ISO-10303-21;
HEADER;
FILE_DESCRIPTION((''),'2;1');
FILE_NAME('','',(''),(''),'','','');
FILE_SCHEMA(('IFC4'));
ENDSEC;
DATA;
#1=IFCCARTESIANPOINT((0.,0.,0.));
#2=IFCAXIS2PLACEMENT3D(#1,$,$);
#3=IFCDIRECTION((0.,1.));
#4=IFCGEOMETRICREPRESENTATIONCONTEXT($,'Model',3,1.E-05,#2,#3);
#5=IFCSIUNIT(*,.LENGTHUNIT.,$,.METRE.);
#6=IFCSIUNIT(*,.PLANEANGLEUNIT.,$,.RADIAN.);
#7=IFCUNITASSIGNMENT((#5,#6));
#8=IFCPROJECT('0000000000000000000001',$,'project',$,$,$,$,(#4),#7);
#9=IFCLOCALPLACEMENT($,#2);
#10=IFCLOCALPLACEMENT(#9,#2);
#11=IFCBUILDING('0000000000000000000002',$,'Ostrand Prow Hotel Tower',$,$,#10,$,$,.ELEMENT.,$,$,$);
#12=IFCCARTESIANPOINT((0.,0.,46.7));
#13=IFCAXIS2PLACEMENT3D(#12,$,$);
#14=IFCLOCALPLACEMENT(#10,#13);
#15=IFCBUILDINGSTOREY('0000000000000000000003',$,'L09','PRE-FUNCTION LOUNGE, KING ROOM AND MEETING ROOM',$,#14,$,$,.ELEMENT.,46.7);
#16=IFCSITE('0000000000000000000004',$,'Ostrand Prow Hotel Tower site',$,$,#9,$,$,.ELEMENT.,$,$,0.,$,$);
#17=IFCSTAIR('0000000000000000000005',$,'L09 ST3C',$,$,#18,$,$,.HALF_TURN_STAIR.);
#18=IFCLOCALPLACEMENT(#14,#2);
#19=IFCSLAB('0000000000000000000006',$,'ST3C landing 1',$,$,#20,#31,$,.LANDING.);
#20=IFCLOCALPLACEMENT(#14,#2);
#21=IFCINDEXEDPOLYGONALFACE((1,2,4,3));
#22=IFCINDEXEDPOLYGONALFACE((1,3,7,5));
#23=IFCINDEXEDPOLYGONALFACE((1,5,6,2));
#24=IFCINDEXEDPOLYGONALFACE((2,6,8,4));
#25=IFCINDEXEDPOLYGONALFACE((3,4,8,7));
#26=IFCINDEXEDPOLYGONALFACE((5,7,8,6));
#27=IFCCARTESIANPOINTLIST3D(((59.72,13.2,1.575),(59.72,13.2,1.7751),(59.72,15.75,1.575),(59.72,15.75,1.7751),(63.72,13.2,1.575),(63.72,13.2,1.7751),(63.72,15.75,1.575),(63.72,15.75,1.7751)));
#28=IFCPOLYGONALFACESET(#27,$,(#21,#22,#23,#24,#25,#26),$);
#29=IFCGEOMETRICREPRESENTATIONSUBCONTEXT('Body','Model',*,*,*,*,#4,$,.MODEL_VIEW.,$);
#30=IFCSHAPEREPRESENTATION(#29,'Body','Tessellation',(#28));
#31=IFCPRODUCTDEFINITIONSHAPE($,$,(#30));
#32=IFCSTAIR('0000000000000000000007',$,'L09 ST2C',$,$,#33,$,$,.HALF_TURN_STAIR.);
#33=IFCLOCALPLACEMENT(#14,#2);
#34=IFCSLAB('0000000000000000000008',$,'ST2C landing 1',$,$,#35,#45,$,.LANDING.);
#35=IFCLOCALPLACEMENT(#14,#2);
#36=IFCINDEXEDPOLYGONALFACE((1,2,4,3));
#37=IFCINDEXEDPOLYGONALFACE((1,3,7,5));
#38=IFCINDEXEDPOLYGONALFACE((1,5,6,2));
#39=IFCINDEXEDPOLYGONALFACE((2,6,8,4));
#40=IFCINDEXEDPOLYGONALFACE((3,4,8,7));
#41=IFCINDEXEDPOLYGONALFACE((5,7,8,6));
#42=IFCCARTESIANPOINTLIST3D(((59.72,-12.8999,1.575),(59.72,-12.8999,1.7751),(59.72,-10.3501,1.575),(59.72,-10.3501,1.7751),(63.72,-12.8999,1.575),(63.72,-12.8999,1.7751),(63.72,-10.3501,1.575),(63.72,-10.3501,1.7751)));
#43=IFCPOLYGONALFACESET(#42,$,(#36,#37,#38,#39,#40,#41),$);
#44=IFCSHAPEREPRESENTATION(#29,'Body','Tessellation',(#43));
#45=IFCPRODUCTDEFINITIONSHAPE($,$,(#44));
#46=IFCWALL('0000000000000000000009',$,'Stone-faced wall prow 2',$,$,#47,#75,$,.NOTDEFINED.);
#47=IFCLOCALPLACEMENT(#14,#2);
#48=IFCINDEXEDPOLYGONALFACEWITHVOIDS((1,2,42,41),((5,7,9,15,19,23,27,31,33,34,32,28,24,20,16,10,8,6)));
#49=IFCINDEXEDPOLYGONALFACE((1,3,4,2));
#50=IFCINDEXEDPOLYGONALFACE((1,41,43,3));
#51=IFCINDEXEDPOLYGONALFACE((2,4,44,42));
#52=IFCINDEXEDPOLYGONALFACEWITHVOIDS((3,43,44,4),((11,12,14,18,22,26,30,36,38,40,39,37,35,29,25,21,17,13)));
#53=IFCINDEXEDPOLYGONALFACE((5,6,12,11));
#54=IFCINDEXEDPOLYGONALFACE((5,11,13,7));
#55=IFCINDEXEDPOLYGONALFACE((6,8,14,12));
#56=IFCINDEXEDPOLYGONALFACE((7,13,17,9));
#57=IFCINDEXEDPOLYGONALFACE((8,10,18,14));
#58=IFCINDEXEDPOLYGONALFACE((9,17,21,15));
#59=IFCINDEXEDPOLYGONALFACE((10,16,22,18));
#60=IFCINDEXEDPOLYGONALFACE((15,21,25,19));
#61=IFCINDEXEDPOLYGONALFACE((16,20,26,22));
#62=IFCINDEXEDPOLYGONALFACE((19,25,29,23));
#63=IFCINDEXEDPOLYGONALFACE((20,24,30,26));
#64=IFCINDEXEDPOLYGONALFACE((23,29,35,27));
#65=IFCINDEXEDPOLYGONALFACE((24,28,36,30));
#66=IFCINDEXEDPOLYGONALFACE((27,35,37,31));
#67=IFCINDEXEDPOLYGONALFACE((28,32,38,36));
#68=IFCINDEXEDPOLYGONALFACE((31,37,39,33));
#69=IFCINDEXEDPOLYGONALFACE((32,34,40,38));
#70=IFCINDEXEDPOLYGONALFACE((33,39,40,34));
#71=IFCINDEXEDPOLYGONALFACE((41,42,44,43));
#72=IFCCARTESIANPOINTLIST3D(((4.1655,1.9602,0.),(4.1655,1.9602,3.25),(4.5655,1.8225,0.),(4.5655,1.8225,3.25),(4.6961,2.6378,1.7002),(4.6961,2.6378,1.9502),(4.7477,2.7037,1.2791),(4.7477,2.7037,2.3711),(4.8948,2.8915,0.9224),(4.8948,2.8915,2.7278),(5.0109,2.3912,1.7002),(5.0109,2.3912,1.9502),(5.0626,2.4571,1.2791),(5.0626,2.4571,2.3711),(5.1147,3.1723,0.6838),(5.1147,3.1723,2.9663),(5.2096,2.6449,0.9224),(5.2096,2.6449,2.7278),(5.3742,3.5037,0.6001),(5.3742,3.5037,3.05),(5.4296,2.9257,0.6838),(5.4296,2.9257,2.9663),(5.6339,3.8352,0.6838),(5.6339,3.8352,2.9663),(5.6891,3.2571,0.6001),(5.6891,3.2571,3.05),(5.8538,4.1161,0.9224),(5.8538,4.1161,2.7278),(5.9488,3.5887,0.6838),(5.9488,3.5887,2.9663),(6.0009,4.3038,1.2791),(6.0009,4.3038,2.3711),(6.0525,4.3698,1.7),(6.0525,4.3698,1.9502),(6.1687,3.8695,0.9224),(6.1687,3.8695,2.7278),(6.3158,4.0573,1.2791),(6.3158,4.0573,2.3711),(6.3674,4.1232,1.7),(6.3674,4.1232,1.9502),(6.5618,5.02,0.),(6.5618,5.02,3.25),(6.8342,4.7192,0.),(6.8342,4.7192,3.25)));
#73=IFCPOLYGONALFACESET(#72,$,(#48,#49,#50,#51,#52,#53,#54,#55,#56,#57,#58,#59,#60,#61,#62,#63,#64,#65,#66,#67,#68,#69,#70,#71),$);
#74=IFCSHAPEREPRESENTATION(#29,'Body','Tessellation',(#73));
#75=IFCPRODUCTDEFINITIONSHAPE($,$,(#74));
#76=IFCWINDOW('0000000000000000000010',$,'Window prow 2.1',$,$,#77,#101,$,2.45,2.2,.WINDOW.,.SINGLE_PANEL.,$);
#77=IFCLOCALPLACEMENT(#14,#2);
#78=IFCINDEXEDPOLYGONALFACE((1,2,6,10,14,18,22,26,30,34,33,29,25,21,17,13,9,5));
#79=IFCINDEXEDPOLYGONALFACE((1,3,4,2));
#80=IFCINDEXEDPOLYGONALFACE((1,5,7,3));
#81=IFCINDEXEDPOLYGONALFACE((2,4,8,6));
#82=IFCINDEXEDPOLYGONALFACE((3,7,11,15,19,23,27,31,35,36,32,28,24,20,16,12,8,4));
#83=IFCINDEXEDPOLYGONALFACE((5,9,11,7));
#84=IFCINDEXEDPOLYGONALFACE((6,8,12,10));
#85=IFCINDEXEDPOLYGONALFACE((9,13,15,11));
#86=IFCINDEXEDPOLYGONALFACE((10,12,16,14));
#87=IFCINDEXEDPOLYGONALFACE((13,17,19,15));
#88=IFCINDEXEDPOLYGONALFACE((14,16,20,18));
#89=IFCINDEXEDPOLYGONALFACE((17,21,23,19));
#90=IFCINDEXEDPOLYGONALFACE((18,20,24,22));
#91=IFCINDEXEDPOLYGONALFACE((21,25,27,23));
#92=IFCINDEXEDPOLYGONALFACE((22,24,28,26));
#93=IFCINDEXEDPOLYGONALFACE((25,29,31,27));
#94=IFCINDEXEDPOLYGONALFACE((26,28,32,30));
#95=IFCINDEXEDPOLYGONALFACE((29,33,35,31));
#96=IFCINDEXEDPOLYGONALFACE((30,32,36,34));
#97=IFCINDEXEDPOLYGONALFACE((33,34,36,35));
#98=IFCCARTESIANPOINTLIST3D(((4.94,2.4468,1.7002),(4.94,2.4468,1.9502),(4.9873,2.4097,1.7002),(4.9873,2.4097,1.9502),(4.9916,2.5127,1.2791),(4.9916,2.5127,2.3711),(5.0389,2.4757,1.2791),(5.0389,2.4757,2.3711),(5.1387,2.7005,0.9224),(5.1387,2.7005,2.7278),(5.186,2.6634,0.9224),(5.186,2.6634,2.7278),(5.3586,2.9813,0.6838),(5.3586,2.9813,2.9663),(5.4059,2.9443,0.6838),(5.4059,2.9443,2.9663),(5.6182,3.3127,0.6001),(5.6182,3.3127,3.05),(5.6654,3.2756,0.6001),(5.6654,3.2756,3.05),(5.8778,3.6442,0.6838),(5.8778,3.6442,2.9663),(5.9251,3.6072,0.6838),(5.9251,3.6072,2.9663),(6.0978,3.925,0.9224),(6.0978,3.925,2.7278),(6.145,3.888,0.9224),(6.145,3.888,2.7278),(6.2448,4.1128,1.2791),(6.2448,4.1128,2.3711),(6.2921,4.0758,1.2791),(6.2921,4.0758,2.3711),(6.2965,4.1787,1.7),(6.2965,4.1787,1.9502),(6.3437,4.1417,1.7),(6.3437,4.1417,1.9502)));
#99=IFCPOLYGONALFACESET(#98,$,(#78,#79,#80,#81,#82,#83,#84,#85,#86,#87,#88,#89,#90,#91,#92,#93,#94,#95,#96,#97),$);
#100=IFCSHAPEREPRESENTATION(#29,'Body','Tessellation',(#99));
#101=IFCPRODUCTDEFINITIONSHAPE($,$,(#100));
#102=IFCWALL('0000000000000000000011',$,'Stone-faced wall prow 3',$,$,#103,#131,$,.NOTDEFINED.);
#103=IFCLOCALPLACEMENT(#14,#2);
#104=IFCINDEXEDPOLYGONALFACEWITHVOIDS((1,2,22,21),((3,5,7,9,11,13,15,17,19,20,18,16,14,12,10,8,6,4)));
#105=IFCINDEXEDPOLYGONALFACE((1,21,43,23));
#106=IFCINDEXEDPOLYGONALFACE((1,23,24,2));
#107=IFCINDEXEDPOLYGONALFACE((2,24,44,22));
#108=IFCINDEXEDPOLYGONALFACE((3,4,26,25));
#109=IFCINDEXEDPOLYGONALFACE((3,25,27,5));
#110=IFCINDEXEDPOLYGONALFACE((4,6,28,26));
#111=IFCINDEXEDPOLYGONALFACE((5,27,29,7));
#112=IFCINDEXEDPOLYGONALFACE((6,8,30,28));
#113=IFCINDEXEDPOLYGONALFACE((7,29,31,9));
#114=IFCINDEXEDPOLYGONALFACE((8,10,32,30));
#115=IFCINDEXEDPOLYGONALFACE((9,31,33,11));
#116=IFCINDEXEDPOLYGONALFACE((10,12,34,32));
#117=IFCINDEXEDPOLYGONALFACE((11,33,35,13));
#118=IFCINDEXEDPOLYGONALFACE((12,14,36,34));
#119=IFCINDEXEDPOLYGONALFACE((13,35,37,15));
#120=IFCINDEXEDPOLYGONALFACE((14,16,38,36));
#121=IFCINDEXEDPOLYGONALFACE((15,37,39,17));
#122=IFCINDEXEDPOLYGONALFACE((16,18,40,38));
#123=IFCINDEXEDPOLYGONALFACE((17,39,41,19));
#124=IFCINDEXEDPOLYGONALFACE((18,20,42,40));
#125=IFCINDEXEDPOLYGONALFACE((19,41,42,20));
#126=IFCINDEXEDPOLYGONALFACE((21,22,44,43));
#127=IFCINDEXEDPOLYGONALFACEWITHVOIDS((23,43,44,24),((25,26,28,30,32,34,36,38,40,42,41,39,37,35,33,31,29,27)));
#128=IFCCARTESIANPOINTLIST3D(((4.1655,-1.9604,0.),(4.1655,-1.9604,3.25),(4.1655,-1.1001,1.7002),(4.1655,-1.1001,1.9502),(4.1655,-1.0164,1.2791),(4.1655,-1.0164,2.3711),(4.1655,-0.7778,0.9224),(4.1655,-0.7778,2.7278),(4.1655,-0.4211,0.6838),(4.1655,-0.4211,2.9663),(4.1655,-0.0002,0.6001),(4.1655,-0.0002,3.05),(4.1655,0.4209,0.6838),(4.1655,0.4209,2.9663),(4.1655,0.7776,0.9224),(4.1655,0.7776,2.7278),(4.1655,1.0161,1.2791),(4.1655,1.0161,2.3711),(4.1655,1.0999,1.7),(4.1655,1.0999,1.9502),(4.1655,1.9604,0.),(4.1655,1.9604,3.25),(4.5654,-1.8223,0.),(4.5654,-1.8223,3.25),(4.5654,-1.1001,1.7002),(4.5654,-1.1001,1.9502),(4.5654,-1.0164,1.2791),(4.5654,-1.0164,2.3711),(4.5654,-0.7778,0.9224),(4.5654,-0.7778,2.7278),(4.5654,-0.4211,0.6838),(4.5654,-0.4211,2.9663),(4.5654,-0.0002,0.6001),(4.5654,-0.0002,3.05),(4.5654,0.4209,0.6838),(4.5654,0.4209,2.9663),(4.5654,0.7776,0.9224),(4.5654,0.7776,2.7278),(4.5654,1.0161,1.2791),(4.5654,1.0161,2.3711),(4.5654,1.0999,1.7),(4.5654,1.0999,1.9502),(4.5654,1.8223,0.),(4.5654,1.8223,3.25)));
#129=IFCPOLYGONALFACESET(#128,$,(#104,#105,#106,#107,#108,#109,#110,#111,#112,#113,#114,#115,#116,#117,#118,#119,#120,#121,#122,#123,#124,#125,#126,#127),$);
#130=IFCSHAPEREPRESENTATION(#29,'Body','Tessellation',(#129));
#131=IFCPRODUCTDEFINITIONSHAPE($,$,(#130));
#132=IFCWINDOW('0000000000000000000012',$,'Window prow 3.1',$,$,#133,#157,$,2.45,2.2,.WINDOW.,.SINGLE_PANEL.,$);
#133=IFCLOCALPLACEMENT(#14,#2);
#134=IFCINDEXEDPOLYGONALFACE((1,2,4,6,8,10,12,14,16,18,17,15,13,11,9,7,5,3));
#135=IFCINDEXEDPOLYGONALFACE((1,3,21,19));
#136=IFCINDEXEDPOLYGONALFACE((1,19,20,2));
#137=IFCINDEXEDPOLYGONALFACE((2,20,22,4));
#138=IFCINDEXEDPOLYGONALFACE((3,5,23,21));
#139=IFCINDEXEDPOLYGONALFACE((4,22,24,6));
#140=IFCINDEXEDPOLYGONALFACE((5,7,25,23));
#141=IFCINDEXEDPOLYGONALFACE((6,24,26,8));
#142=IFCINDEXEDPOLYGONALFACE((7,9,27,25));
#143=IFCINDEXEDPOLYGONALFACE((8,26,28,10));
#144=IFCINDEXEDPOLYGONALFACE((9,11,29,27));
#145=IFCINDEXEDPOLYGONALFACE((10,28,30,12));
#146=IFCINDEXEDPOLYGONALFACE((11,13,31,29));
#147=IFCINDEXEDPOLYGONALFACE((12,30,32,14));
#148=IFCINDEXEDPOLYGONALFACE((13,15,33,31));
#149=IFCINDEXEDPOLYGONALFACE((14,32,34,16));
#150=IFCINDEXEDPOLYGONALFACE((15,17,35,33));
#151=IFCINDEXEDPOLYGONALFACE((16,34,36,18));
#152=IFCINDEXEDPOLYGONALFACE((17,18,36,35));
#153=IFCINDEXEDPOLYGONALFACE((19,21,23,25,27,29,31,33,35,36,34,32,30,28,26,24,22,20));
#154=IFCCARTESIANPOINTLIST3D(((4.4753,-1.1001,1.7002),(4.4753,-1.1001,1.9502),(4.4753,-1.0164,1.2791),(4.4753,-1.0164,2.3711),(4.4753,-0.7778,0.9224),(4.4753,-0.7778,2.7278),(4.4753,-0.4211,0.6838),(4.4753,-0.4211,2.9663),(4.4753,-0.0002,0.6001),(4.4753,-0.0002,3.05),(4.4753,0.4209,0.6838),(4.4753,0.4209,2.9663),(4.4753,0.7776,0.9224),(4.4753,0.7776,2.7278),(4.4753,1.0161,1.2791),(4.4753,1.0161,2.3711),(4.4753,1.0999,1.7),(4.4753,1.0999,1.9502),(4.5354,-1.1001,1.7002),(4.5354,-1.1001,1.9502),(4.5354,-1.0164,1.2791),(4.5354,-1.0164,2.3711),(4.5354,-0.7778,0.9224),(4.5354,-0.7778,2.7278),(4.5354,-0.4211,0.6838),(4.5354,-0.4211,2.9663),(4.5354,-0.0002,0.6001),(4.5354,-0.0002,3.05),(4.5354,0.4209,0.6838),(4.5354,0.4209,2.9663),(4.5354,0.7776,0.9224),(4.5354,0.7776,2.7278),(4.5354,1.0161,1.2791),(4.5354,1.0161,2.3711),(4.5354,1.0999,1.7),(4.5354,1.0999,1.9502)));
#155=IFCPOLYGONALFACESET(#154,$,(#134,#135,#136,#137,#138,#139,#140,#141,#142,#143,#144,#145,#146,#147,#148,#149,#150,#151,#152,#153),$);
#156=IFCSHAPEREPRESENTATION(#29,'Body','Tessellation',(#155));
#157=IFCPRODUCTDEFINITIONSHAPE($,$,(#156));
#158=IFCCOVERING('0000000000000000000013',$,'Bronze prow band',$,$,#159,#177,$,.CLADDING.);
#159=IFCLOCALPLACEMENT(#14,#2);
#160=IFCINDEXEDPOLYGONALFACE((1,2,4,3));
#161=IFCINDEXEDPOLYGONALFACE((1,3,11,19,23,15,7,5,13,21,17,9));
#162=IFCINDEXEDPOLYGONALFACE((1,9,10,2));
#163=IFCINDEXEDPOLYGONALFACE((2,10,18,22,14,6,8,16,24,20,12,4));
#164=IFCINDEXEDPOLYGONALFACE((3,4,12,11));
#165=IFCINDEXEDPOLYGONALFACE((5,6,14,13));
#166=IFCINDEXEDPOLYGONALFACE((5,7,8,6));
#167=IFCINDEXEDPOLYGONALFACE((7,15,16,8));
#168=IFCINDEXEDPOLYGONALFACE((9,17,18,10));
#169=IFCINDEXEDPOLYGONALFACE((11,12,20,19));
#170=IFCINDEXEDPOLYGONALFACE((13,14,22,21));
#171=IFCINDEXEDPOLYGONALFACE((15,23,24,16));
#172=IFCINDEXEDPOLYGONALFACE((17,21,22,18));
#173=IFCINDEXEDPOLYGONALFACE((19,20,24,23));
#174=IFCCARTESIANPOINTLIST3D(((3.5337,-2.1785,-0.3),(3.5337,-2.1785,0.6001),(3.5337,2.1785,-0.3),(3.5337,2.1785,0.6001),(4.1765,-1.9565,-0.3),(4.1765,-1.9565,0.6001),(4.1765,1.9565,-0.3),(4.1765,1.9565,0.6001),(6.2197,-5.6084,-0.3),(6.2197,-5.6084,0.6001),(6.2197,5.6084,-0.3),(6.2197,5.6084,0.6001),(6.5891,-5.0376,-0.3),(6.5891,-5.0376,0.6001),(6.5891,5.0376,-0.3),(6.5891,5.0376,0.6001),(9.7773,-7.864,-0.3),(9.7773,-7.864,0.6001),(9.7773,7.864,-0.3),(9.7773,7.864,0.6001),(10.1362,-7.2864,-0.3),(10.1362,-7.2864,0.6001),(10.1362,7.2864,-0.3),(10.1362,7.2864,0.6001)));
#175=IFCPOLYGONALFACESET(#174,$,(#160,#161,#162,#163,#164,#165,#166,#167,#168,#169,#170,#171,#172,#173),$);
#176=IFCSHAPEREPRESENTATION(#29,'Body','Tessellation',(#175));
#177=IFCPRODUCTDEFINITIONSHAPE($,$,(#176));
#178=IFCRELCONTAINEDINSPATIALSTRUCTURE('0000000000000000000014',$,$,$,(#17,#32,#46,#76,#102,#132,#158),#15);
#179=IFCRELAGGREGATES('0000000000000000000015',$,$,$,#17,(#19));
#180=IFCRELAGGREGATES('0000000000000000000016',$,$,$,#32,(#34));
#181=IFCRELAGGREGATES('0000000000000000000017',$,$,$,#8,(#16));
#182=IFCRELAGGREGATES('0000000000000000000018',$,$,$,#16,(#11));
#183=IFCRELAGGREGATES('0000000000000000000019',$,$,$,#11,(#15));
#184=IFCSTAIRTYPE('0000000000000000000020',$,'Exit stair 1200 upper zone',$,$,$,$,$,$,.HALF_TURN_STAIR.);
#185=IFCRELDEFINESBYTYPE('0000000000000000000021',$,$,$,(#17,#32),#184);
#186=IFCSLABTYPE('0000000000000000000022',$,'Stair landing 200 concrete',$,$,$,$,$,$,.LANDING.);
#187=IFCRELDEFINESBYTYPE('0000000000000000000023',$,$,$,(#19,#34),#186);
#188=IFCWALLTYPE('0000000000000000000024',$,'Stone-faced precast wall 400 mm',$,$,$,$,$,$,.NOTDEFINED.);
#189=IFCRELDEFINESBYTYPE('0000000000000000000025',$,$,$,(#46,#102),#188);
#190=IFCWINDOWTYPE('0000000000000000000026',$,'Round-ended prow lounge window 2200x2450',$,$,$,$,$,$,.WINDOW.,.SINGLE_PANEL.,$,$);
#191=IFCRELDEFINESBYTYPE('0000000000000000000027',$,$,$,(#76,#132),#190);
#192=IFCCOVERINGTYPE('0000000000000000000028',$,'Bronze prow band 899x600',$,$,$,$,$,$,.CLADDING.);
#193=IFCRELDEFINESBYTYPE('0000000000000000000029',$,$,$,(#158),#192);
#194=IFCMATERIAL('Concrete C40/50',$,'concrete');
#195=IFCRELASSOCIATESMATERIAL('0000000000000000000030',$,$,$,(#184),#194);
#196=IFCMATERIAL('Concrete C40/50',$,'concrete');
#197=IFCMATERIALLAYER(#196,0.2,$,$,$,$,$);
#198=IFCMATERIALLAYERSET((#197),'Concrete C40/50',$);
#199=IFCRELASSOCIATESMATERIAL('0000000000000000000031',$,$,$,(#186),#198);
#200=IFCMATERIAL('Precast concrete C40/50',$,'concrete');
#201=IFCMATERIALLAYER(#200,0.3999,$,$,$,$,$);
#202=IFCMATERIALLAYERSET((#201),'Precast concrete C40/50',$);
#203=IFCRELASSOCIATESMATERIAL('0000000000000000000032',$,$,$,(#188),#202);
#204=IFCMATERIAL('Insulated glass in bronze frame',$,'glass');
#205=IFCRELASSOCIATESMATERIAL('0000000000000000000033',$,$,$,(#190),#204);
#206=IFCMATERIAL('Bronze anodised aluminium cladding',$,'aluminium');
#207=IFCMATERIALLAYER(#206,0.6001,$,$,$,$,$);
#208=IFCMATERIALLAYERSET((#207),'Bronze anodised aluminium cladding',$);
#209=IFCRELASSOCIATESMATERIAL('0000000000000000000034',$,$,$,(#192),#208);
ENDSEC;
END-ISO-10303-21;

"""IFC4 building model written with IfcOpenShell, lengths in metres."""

from ifc_helpers import new_model, si_unit, direction, frame, origin, place, context, subcontext, project, spatial, polyline, outline, extrude, material, layer, layer_set, type_object, element, fill, aggregate, save


model = new_model("IFC4")

# Units and contexts
model_context = context("Model", 3, precision=1e-05, world=origin(), true_north=direction((0.0, 1.0)))
body_context = subcontext(model_context, "Body", "Model", "MODEL_VIEW")
ifc_project = project(units=[si_unit("LENGTHUNIT", "METRE"), si_unit("PLANEANGLEUNIT", "RADIAN")], contexts=[model_context])

# Site, building, storey
site_placement = place(None, origin())
site = spatial("IfcSite", under=ifc_project, at=site_placement, Name="Ostrand Prow Hotel Tower site", CompositionType="ELEMENT", RefElevation=0.0)
building_placement = place(site_placement, origin())
building = spatial("IfcBuilding", under=site, at=building_placement, Name="Ostrand Prow Hotel Tower", CompositionType="ELEMENT")
storey_placement = place(building_placement, frame((0.0, 0.0, 46.7)))
storey = spatial("IfcBuildingStorey", under=building, at=storey_placement, Name="L09", Description="PRE-FUNCTION LOUNGE, KING ROOM AND MEETING ROOM", CompositionType="ELEMENT", Elevation=46.7)

# Stairs, slabs
ifc_material_1 = material(Name="Concrete C40/50", Category="concrete")
stair_type = type_object("IfcStairType", Name="Exit stair 1200 upper zone", PredefinedType="HALF_TURN_STAIR", material=ifc_material_1)
ifc_material_2 = material(Name="Concrete C40/50", Category="concrete")
ifc_layer_1 = layer(ifc_material_2, 0.2)
ifc_layer_set_1 = layer_set([ifc_layer_1], Name="Concrete C40/50")
slab_type_1 = type_object("IfcSlabType", Name="Stair landing 200 concrete", PredefinedType="LANDING", material=ifc_layer_set_1)
stair_1_placement = place(storey_placement, origin())
stair_1 = element("IfcStair", 1, at=stair_1_placement, inside=storey, type_object=stair_type, Name="L09 ST3C", PredefinedType="HALF_TURN_STAIR")
slab_1_placement = place(storey_placement, frame((0.0, 0.0, 1.575)))
slab_1 = element("IfcSlab", 2, at=slab_1_placement, type_object=slab_type_1, Name="ST3C landing 1", PredefinedType="LANDING", context=body_context, shape_type="SweptSolid", body=[
    extrude(outline(polyline([(59.72, 13.2), (63.72, 13.2), (63.72, 15.75), (59.72, 15.75), (59.72, 13.2)])), origin(), (0.0, 0.0, 1.0), 0.2002),
])
aggregate(stair_1, [slab_1])
stair_2_placement = place(storey_placement, origin())
stair_2 = element("IfcStair", 3, at=stair_2_placement, inside=storey, type_object=stair_type, Name="L09 ST2C", PredefinedType="HALF_TURN_STAIR")
slab_2_placement = place(storey_placement, frame((0.0, 0.0, 1.575)))
slab_2 = element("IfcSlab", 4, at=slab_2_placement, type_object=slab_type_1, Name="ST2C landing 1", PredefinedType="LANDING", context=body_context, shape_type="SweptSolid", body=[
    extrude(outline(polyline([(59.72, -12.8999), (63.72, -12.8999), (63.72, -10.3501), (59.72, -10.3501), (59.72, -12.8999)])), origin(), (0.0, 0.0, 1.0), 0.2002),
])
aggregate(stair_2, [slab_2])

# Walls, openings, windows
ifc_material_3 = material(Name="Precast concrete C40/50", Category="concrete")
ifc_layer_2 = layer(ifc_material_3, 0.3999)
ifc_layer_set_2 = layer_set([ifc_layer_2], Name="Precast concrete C40/50")
wall_type = type_object("IfcWallType", Name="Stone-faced precast wall 400 mm", PredefinedType="NOTDEFINED", material=ifc_layer_set_2)
wall_1_placement = place(storey_placement, frame((6.698, 4.8696, 0.0), z_axis=(0.0, 0.0, 1.0), x_axis=(-0.616587, -0.787287, 0.0)))
wall_1 = element("IfcWall", 5, at=wall_1_placement, inside=storey, type_object=wall_type, Name="Stone-faced wall prow 2", PredefinedType="NOTDEFINED", context=body_context, shape_type="SweptSolid", body=[
    extrude(outline(polyline([(-0.0344, -0.2), (3.8521, -0.2), (3.7139, 0.2), (0.0344, 0.2), (-0.0344, -0.2)])), origin(), (0.0, 0.0, 1.0), 3.25),
])
opening_1_placement = place(wall_1_placement, frame((0.7915, 0.0, 0.6001)))
opening_1 = element("IfcOpeningElement", 6, at=opening_1_placement, cuts=wall_1, PredefinedType="OPENING", context=body_context, shape_type="SweptSolid", body=[
    extrude(outline(polyline([(0.0, 1.3501), (0.0837, 1.771), (0.3223, 2.1277), (0.679, 2.3662), (1.1001, 2.45), (1.521, 2.3662), (1.8777, 2.1277), (2.1162, 1.771), (2.2, 1.3501), (2.2, 1.1001), (2.1162, 0.679), (1.8777, 0.3223), (1.521, 0.0837), (1.1001, 0.0), (0.679, 0.0837), (0.3223, 0.3223), (0.0837, 0.679), (0.0, 1.0999), (0.0, 1.3501)])), frame((0.0, 0.21, 0.0), z_axis=(0.0, -1.0, 0.0), x_axis=(1.0, 0.0, 0.0)), (0.0, 0.0, 1.0), 0.4199),
])
ifc_material_4 = material(Name="Insulated glass in bronze frame", Category="glass")
window_type = type_object("IfcWindowType", Name="Round-ended prow lounge window 2200x2450", PartitioningType="SINGLE_PANEL", PredefinedType="WINDOW", material=ifc_material_4)
window_1_placement = place(opening_1_placement, origin())
window_1 = element("IfcWindow", 7, at=window_1_placement, inside=storey, type_object=window_type, Name="Window prow 2.1", OverallHeight=2.45, OverallWidth=2.2, PartitioningType="SINGLE_PANEL", PredefinedType="WINDOW", context=body_context, shape_type="SweptSolid", body=[
    extrude(outline(polyline([(0.0, 1.3501), (0.0837, 1.771), (0.3223, 2.1277), (0.679, 2.3662), (1.1001, 2.45), (1.521, 2.3662), (1.8777, 2.1277), (2.1162, 1.771), (2.2, 1.3501), (2.2, 1.1001), (2.1162, 0.679), (1.8777, 0.3223), (1.521, 0.0837), (1.1001, 0.0), (0.679, 0.0837), (0.3223, 0.3223), (0.0837, 0.679), (0.0, 1.0999), (0.0, 1.3501)])), frame((0.0, 0.1699, 0.0), z_axis=(0.0, -1.0, 0.0), x_axis=(1.0, 0.0, 0.0)), (0.0, 0.0, 1.0), 0.0601),
])
fill(opening_1, window_1)
wall_2_placement = place(storey_placement, frame((4.3655, 1.8914, 0.0), z_axis=(0.0, 0.0, 1.0), x_axis=(0.0, -1.0, 0.0)))
wall_2 = element("IfcWall", 8, at=wall_2_placement, inside=storey, type_object=wall_type, Name="Stone-faced wall prow 3", PredefinedType="NOTDEFINED", context=body_context, shape_type="SweptSolid", body=[
    extrude(outline(polyline([(-0.0691, -0.2), (3.8518, -0.2), (3.7136, 0.2), (0.0691, 0.2), (-0.0691, -0.2)])), origin(), (0.0, 0.0, 1.0), 3.25),
])
opening_2_placement = place(wall_2_placement, frame((0.7915, 0.0, 0.6001)))
opening_2 = element("IfcOpeningElement", 9, at=opening_2_placement, cuts=wall_2, PredefinedType="OPENING", context=body_context, shape_type="SweptSolid", body=[
    extrude(outline(polyline([(0.0, 1.3501), (0.0837, 1.771), (0.3223, 2.1277), (0.679, 2.3662), (1.1001, 2.45), (1.521, 2.3662), (1.8777, 2.1277), (2.1162, 1.771), (2.2, 1.3501), (2.2, 1.1001), (2.1162, 0.679), (1.8777, 0.3223), (1.521, 0.0837), (1.1001, 0.0), (0.679, 0.0837), (0.3223, 0.3223), (0.0837, 0.679), (0.0, 1.0999), (0.0, 1.3501)])), frame((0.0, 0.21, 0.0), z_axis=(0.0, -1.0, 0.0), x_axis=(1.0, 0.0, 0.0)), (0.0, 0.0, 1.0), 0.4199),
])
window_2_placement = place(opening_2_placement, origin())
window_2 = element("IfcWindow", 10, at=window_2_placement, inside=storey, type_object=window_type, Name="Window prow 3.1", OverallHeight=2.45, OverallWidth=2.2, PartitioningType="SINGLE_PANEL", PredefinedType="WINDOW", context=body_context, shape_type="SweptSolid", body=[
    extrude(outline(polyline([(0.0, 1.3501), (0.0837, 1.771), (0.3223, 2.1277), (0.679, 2.3662), (1.1001, 2.45), (1.521, 2.3662), (1.8777, 2.1277), (2.1162, 1.771), (2.2, 1.3501), (2.2, 1.1001), (2.1162, 0.679), (1.8777, 0.3223), (1.521, 0.0837), (1.1001, 0.0), (0.679, 0.0837), (0.3223, 0.3223), (0.0837, 0.679), (0.0, 1.0999), (0.0, 1.3501)])), frame((0.0, 0.1699, 0.0), z_axis=(0.0, -1.0, 0.0), x_axis=(1.0, 0.0, 0.0)), (0.0, 0.0, 1.0), 0.0601),
])
fill(opening_2, window_2)

# Covering
ifc_material_5 = material(Name="Bronze anodised aluminium cladding", Category="aluminium")
ifc_layer_3 = layer(ifc_material_5, 0.6001)
ifc_layer_set_3 = layer_set([ifc_layer_3], Name="Bronze anodised aluminium cladding")
covering_type_1 = type_object("IfcCoveringType", Name="Bronze prow band 899x600", PredefinedType="CLADDING", material=ifc_layer_set_3)
covering_1_placement = place(storey_placement, frame((0.0, 0.0, -0.3)))
element("IfcCovering", 11, at=covering_1_placement, inside=storey, type_object=covering_type_1, Name="Bronze prow band", PredefinedType="CLADDING", context=body_context, shape_type="SweptSolid", body=[
    extrude(outline(polyline([(9.7773, 7.864), (6.2197, 5.6084), (3.5337, 2.1785), (3.5337, -2.1785), (6.2197, -5.6084), (9.7773, -7.864), (10.1362, -7.2864), (6.5891, -5.0376), (4.1765, -1.9565), (4.1765, 1.9565), (6.5891, 5.0376), (10.1362, 7.2864), (9.7773, 7.864)])), origin(), (0.0, 0.0, 1.0), 0.9001),
])

save(model, "model.ifc")
